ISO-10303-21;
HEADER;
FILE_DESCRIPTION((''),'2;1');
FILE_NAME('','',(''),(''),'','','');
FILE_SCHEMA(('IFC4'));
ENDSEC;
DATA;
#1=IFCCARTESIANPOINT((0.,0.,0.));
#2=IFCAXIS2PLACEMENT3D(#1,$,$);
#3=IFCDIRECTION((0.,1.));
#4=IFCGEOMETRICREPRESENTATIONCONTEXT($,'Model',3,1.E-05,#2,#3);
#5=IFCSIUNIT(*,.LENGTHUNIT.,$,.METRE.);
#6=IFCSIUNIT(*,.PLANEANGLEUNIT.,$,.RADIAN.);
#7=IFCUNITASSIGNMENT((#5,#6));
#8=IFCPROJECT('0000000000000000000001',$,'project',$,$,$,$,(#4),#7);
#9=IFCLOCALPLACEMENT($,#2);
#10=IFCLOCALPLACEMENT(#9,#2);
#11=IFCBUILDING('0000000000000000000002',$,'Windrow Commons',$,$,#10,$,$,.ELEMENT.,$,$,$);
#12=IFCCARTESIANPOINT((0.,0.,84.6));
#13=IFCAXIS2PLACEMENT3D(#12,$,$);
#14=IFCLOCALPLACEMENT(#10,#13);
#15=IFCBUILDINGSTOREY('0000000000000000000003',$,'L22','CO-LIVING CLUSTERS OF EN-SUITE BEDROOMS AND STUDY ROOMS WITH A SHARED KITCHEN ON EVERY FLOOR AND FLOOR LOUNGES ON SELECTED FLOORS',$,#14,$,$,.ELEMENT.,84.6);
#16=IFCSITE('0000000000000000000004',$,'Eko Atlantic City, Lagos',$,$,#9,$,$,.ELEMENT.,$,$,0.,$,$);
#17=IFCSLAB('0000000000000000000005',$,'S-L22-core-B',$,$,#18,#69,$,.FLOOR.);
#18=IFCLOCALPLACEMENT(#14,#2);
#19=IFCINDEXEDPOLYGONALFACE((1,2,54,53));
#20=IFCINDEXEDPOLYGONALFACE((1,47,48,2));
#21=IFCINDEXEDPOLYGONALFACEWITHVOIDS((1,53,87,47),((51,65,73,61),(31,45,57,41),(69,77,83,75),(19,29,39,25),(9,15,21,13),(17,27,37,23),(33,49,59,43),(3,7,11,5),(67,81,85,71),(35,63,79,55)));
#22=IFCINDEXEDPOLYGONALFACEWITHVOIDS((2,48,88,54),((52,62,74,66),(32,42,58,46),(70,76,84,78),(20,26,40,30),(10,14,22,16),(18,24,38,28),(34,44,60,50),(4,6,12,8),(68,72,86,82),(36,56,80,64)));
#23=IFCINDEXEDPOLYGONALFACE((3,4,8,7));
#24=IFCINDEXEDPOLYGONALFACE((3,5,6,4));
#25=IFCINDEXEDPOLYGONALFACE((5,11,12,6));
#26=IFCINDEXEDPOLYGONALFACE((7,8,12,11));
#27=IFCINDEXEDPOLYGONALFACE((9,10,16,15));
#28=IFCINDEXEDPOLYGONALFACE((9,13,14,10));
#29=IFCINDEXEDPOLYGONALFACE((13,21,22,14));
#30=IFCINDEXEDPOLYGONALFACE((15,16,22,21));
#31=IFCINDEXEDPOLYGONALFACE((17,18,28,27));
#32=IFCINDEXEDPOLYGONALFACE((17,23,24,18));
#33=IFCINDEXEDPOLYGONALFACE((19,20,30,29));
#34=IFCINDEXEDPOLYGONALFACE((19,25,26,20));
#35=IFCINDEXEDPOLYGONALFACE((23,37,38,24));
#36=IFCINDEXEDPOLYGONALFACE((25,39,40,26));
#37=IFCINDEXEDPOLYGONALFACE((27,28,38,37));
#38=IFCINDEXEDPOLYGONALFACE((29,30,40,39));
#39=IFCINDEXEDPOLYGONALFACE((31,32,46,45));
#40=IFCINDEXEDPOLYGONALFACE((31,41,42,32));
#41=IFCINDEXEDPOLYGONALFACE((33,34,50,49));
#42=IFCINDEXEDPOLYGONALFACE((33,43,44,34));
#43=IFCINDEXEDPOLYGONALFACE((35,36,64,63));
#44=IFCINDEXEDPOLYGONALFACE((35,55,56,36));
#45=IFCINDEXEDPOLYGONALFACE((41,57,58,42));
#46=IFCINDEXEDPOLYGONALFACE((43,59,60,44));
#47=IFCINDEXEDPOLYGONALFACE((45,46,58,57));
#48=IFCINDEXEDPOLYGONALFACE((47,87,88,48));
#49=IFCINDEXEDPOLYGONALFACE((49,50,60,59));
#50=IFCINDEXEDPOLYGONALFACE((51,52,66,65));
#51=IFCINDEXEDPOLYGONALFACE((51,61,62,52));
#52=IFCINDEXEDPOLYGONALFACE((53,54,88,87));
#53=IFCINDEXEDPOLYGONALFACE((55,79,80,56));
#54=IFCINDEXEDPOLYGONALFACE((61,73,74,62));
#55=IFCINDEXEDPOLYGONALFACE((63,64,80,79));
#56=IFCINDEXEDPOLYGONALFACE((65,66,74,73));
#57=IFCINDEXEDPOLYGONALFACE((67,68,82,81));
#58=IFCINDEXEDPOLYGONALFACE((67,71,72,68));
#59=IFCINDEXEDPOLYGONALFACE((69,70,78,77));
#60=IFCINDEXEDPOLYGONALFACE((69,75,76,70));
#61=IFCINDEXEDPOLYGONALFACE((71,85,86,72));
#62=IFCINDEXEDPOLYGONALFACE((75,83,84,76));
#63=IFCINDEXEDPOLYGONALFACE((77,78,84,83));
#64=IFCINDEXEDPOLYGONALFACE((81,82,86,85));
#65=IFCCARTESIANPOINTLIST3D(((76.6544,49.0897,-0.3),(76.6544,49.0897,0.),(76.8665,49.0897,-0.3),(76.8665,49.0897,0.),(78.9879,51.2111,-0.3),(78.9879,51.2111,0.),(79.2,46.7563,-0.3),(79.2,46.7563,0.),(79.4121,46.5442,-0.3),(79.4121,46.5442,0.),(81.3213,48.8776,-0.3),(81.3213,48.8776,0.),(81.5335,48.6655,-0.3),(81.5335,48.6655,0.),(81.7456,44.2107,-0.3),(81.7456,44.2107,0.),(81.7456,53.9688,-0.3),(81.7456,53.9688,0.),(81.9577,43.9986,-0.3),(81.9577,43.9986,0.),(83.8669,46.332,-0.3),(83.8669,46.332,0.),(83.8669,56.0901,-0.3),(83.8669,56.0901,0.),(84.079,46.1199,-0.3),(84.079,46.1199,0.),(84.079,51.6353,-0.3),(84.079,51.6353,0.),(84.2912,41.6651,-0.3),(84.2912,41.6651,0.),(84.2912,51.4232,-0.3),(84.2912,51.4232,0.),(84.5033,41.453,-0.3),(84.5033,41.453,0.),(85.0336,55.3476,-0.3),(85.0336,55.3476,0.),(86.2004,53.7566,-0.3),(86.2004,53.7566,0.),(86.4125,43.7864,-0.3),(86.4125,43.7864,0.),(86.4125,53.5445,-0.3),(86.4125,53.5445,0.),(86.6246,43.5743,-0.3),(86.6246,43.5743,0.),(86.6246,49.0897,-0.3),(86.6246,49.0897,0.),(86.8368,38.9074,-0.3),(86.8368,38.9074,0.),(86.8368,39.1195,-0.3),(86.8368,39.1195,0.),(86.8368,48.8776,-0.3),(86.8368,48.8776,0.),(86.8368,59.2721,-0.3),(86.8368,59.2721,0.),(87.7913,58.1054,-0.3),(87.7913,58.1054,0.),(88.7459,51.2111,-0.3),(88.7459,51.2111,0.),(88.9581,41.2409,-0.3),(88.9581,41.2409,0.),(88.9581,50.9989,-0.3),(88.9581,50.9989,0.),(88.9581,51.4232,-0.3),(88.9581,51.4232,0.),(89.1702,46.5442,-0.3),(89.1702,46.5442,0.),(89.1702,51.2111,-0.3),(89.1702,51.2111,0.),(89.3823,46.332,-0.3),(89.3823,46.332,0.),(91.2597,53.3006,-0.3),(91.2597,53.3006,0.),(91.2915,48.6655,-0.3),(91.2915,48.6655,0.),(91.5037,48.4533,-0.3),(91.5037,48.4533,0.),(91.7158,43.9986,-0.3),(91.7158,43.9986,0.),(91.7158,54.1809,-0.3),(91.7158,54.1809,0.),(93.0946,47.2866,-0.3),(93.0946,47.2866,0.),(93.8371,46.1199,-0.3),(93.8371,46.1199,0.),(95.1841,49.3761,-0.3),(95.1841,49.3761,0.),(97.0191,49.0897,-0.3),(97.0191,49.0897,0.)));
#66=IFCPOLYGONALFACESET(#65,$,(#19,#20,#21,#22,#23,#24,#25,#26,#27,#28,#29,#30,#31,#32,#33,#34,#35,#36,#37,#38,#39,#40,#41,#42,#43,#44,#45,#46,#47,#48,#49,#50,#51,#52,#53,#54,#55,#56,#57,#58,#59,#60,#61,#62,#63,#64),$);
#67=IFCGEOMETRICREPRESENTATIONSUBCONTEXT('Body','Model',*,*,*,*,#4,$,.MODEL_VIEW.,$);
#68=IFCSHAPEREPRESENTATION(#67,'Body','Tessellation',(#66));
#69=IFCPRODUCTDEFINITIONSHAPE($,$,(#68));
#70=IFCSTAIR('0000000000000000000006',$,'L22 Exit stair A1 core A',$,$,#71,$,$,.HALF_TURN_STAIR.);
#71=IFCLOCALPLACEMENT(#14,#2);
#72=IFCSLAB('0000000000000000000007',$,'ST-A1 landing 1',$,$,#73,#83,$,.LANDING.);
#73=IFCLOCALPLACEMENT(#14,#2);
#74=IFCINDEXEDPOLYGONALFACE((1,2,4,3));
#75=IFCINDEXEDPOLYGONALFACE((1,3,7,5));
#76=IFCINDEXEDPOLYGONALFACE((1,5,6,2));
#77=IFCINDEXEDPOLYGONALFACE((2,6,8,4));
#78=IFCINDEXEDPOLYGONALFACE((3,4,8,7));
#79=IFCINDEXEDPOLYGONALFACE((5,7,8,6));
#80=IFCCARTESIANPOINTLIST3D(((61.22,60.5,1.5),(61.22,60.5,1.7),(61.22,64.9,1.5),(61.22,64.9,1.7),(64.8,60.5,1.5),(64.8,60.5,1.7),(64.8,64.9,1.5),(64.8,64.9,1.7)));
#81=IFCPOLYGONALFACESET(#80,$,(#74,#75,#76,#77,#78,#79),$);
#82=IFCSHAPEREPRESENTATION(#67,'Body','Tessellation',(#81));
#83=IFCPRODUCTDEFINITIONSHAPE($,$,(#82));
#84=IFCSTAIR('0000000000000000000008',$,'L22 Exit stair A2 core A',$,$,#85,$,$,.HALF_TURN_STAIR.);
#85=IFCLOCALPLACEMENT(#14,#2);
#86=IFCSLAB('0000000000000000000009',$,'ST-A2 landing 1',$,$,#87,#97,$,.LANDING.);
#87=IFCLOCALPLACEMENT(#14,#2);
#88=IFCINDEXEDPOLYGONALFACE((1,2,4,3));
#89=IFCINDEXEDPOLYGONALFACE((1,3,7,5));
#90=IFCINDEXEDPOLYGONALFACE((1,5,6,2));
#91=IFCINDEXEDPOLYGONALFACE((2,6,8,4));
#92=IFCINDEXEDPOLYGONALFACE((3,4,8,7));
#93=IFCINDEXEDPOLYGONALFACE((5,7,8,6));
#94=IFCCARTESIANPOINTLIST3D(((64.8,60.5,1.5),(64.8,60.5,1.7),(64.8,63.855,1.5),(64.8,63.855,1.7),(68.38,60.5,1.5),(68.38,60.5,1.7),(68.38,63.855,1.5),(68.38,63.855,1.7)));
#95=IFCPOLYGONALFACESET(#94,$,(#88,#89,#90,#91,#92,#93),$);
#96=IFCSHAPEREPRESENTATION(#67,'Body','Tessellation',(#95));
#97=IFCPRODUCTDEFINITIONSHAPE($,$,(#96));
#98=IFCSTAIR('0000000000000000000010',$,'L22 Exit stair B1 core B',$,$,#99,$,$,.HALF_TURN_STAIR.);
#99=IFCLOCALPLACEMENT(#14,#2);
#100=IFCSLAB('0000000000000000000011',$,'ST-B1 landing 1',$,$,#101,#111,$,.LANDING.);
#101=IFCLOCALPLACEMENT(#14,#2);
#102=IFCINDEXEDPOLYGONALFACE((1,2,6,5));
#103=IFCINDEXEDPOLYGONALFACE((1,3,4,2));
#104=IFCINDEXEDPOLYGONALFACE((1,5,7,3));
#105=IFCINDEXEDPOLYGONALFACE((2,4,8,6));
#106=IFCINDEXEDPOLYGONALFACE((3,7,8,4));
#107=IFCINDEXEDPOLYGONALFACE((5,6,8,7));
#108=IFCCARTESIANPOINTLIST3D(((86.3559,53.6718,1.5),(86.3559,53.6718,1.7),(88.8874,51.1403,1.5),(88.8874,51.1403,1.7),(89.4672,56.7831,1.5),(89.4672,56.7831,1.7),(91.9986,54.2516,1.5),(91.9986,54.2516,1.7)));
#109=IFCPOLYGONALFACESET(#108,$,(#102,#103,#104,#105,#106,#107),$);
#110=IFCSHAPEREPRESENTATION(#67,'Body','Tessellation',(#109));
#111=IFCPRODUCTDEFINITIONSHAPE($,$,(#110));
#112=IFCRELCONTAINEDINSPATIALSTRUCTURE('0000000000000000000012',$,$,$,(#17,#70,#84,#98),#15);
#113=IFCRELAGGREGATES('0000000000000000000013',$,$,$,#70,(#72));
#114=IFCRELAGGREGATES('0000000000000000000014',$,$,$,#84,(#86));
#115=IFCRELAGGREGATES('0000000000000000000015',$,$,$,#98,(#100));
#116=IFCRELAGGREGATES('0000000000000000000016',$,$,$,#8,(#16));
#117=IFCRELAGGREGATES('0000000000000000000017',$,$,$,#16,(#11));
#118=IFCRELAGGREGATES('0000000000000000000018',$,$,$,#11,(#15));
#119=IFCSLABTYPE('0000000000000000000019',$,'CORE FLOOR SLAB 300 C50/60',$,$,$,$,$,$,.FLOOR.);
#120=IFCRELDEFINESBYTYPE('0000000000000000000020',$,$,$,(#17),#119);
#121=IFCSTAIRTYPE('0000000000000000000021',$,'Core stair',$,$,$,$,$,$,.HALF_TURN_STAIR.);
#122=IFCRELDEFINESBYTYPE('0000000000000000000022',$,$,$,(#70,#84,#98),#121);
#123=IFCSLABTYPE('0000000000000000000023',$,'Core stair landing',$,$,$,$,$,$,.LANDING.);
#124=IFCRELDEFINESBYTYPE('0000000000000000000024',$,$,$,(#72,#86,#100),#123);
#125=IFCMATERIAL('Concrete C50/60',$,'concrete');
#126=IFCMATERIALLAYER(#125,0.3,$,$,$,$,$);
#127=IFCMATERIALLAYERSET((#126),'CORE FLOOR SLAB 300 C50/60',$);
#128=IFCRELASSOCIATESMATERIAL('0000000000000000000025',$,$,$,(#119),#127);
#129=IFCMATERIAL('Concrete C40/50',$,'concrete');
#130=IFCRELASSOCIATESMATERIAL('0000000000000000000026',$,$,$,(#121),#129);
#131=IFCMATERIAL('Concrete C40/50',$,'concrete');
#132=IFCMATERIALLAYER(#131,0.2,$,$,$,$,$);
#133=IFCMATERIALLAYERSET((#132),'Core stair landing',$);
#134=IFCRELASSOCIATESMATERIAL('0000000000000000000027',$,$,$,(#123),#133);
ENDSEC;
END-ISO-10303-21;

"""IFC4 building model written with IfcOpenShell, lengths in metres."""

from ifc_helpers import new_model, si_unit, direction, frame, origin, place, context, subcontext, project, spatial, polyline, outline, extrude, material, layer, layer_set, type_object, element, aggregate, save


model = new_model("IFC4")

# Units and contexts
model_context = context("Model", 3, precision=1e-05, world=origin(), true_north=direction((0.0, 1.0)))
body_context = subcontext(model_context, "Body", "Model", "MODEL_VIEW")
ifc_project = project(units=[si_unit("LENGTHUNIT", "METRE"), si_unit("PLANEANGLEUNIT", "RADIAN")], contexts=[model_context])

# Site, building, storey
site_placement = place(None, origin())
site = spatial("IfcSite", under=ifc_project, at=site_placement, Name="Eko Atlantic City, Lagos", CompositionType="ELEMENT", RefElevation=0.0)
building_placement = place(site_placement, origin())
building = spatial("IfcBuilding", under=site, at=building_placement, Name="Windrow Commons", CompositionType="ELEMENT")
storey_placement = place(building_placement, frame((0.0, 0.0, 84.6)))
storey = spatial("IfcBuildingStorey", under=building, at=storey_placement, Name="L22", Description="CO-LIVING CLUSTERS OF EN-SUITE BEDROOMS AND STUDY ROOMS WITH A SHARED KITCHEN ON EVERY FLOOR AND FLOOR LOUNGES ON SELECTED FLOORS", CompositionType="ELEMENT", Elevation=84.6)

# Slab, openings
ifc_material_1 = material(Name="Concrete C50/60", Category="concrete")
ifc_layer_1 = layer(ifc_material_1, 0.3)
ifc_layer_set_1 = layer_set([ifc_layer_1], Name="CORE FLOOR SLAB 300 C50/60")
slab_type_1 = type_object("IfcSlabType", Name="CORE FLOOR SLAB 300 C50/60", PredefinedType="FLOOR", material=ifc_layer_set_1)
placement_1 = place(storey_placement, frame((0.0, 0.0, -0.3)))
slab_1 = element("IfcSlab", 1, at=placement_1, inside=storey, type_object=slab_type_1, Name="S-L22-core-B", PredefinedType="FLOOR", context=body_context, shape_type="SweptSolid", body=[
    extrude(outline(polyline([(76.6544, 49.0897), (86.8368, 38.9074), (97.0191, 49.0897), (86.8368, 59.2721), (76.6544, 49.0897)]), holes=[polyline([(76.8665, 49.0897), (79.2, 46.7563), (81.3213, 48.8776), (78.9879, 51.2111), (76.8665, 49.0897)]), polyline([(79.4121, 46.5442), (81.7456, 44.2107), (83.8669, 46.332), (81.5335, 48.6655), (79.4121, 46.5442)]), polyline([(81.9577, 43.9986), (84.2912, 41.6651), (86.4125, 43.7864), (84.079, 46.1199), (81.9577, 43.9986)]), polyline([(84.5033, 41.453), (86.8368, 39.1195), (88.9581, 41.2409), (86.6246, 43.5743), (84.5033, 41.453)]), polyline([(81.7456, 53.9688), (84.079, 51.6353), (86.2004, 53.7566), (83.8669, 56.0901), (81.7456, 53.9688)]), polyline([(84.2912, 51.4232), (86.6246, 49.0897), (88.7459, 51.2111), (86.4125, 53.5445), (84.2912, 51.4232)]), polyline([(86.8368, 48.8776), (89.1702, 46.5442), (91.2915, 48.6655), (88.9581, 50.9989), (86.8368, 48.8776)]), polyline([(89.3823, 46.332), (91.7158, 43.9986), (93.8371, 46.1199), (91.5037, 48.4533), (89.3823, 46.332)]), polyline([(85.0336, 55.3476), (88.9581, 51.4232), (91.7158, 54.1809), (87.7913, 58.1054), (85.0336, 55.3476)]), polyline([(89.1702, 51.2111), (93.0946, 47.2866), (95.1841, 49.3761), (91.2597, 53.3006), (89.1702, 51.2111)])]), origin(), (0.0, 0.0, 1.0), 0.3),
])
opening_1_placement = place(placement_1, origin())
element("IfcOpeningElement", 2, at=opening_1_placement, cuts=slab_1, PredefinedType="OPENING", context=body_context, shape_type="SweptSolid", body=[
    extrude(outline(polyline([(76.8736, 49.0897), (78.9879, 51.204), (81.3142, 48.8776), (79.2, 46.7634), (76.8736, 49.0897)])), origin(), (0.0, 0.0, 1.0), 0.3),
])
opening_2_placement = place(placement_1, origin())
element("IfcOpeningElement", 3, at=opening_2_placement, cuts=slab_1, PredefinedType="OPENING", context=body_context, shape_type="SweptSolid", body=[
    extrude(outline(polyline([(79.4192, 46.5442), (81.5335, 48.6584), (83.8598, 46.332), (81.7456, 44.2178), (79.4192, 46.5442)])), origin(), (0.0, 0.0, 1.0), 0.3),
])
opening_3_placement = place(placement_1, origin())
element("IfcOpeningElement", 4, at=opening_3_placement, cuts=slab_1, PredefinedType="OPENING", context=body_context, shape_type="SweptSolid", body=[
    extrude(outline(polyline([(81.9648, 43.9986), (84.079, 46.1128), (86.4054, 43.7864), (84.2912, 41.6722), (81.9648, 43.9986)])), origin(), (0.0, 0.0, 1.0), 0.3),
])
opening_4_placement = place(placement_1, origin())
element("IfcOpeningElement", 5, at=opening_4_placement, cuts=slab_1, PredefinedType="OPENING", context=body_context, shape_type="SweptSolid", body=[
    extrude(outline(polyline([(84.5104, 41.453), (86.6246, 43.5672), (88.951, 41.2409), (86.8368, 39.1266), (84.5104, 41.453)])), origin(), (0.0, 0.0, 1.0), 0.3),
])
opening_5_placement = place(placement_1, origin())
element("IfcOpeningElement", 6, at=opening_5_placement, cuts=slab_1, PredefinedType="OPENING", context=body_context, shape_type="SweptSolid", body=[
    extrude(outline(polyline([(81.7527, 53.9688), (83.8669, 56.083), (86.1933, 53.7566), (84.079, 51.6424), (81.7527, 53.9688)])), origin(), (0.0, 0.0, 1.0), 0.3),
])
opening_6_placement = place(placement_1, origin())
element("IfcOpeningElement", 7, at=opening_6_placement, cuts=slab_1, PredefinedType="OPENING", context=body_context, shape_type="SweptSolid", body=[
    extrude(outline(polyline([(84.2983, 51.4232), (86.4125, 53.5374), (88.7388, 51.2111), (86.6246, 49.0968), (84.2983, 51.4232)])), origin(), (0.0, 0.0, 1.0), 0.3),
])
opening_7_placement = place(placement_1, origin())
element("IfcOpeningElement", 8, at=opening_7_placement, cuts=slab_1, PredefinedType="OPENING", context=body_context, shape_type="SweptSolid", body=[
    extrude(outline(polyline([(86.8439, 48.8776), (88.9581, 50.9918), (91.2844, 48.6655), (89.1702, 46.5513), (86.8439, 48.8776)])), origin(), (0.0, 0.0, 1.0), 0.3),
])
opening_8_placement = place(placement_1, origin())
element("IfcOpeningElement", 9, at=opening_8_placement, cuts=slab_1, PredefinedType="OPENING", context=body_context, shape_type="SweptSolid", body=[
    extrude(outline(polyline([(89.3894, 46.332), (91.5037, 48.4462), (93.83, 46.1199), (91.7158, 44.0057), (89.3894, 46.332)])), origin(), (0.0, 0.0, 1.0), 0.3),
])
opening_9_placement = place(placement_1, origin())
element("IfcOpeningElement", 10, at=opening_9_placement, cuts=slab_1, PredefinedType="OPENING", context=body_context, shape_type="SweptSolid", body=[
    extrude(outline(polyline([(85.0407, 55.3476), (87.7913, 58.0983), (91.7087, 54.1809), (88.9581, 51.4303), (85.0407, 55.3476)])), origin(), (0.0, 0.0, 1.0), 0.3),
])
opening_10_placement = place(placement_1, origin())
element("IfcOpeningElement", 11, at=opening_10_placement, cuts=slab_1, PredefinedType="OPENING", context=body_context, shape_type="SweptSolid", body=[
    extrude(outline(polyline([(89.1773, 51.2111), (91.2597, 53.2935), (95.177, 49.3761), (93.0946, 47.2937), (89.1773, 51.2111)])), origin(), (0.0, 0.0, 1.0), 0.3),
])

# Stairs, slabs
ifc_material_2 = material(Name="Concrete C40/50", Category="concrete")
stair_type = type_object("IfcStairType", Name="Core stair", PredefinedType="HALF_TURN_STAIR", material=ifc_material_2)
placement_2 = place(storey_placement, origin())
stair_1 = element("IfcStair", 12, at=placement_2, inside=storey, type_object=stair_type, Name="L22 Exit stair A1 core A", PredefinedType="HALF_TURN_STAIR")
ifc_material_3 = material(Name="Concrete C40/50", Category="concrete")
ifc_layer_2 = layer(ifc_material_3, 0.2)
ifc_layer_set_2 = layer_set([ifc_layer_2], Name="Core stair landing")
slab_type_2 = type_object("IfcSlabType", Name="Core stair landing", PredefinedType="LANDING", material=ifc_layer_set_2)
placement_3 = place(storey_placement, frame((0.0, 0.0, 1.5)))
slab_2 = element("IfcSlab", 13, at=placement_3, type_object=slab_type_2, Name="ST-A1 landing 1", PredefinedType="LANDING", context=body_context, shape_type="SweptSolid", body=[
    extrude(outline(polyline([(61.22, 60.5), (64.8, 60.5), (64.8, 64.9), (61.22, 64.9), (61.22, 60.5)])), origin(), (0.0, 0.0, 1.0), 0.2),
])
aggregate(stair_1, [slab_2])
stair_2 = element("IfcStair", 14, at=placement_2, inside=storey, type_object=stair_type, Name="L22 Exit stair A2 core A", PredefinedType="HALF_TURN_STAIR")
slab_3 = element("IfcSlab", 15, at=placement_3, type_object=slab_type_2, Name="ST-A2 landing 1", PredefinedType="LANDING", context=body_context, shape_type="SweptSolid", body=[
    extrude(outline(polyline([(64.8, 60.5), (68.38, 60.5), (68.38, 63.855), (64.8, 63.855), (64.8, 60.5)])), origin(), (0.0, 0.0, 1.0), 0.2),
])
aggregate(stair_2, [slab_3])
stair_3 = element("IfcStair", 16, at=placement_2, inside=storey, type_object=stair_type, Name="L22 Exit stair B1 core B", PredefinedType="HALF_TURN_STAIR")
slab_4 = element("IfcSlab", 17, at=placement_3, type_object=slab_type_2, Name="ST-B1 landing 1", PredefinedType="LANDING", context=body_context, shape_type="SweptSolid", body=[
    extrude(outline(polyline([(86.3559, 53.6718), (88.8874, 51.1403), (91.9986, 54.2516), (89.4672, 56.7831), (86.3559, 53.6718)])), origin(), (0.0, 0.0, 1.0), 0.2),
])
aggregate(stair_3, [slab_4])

save(model, "model.ifc")
